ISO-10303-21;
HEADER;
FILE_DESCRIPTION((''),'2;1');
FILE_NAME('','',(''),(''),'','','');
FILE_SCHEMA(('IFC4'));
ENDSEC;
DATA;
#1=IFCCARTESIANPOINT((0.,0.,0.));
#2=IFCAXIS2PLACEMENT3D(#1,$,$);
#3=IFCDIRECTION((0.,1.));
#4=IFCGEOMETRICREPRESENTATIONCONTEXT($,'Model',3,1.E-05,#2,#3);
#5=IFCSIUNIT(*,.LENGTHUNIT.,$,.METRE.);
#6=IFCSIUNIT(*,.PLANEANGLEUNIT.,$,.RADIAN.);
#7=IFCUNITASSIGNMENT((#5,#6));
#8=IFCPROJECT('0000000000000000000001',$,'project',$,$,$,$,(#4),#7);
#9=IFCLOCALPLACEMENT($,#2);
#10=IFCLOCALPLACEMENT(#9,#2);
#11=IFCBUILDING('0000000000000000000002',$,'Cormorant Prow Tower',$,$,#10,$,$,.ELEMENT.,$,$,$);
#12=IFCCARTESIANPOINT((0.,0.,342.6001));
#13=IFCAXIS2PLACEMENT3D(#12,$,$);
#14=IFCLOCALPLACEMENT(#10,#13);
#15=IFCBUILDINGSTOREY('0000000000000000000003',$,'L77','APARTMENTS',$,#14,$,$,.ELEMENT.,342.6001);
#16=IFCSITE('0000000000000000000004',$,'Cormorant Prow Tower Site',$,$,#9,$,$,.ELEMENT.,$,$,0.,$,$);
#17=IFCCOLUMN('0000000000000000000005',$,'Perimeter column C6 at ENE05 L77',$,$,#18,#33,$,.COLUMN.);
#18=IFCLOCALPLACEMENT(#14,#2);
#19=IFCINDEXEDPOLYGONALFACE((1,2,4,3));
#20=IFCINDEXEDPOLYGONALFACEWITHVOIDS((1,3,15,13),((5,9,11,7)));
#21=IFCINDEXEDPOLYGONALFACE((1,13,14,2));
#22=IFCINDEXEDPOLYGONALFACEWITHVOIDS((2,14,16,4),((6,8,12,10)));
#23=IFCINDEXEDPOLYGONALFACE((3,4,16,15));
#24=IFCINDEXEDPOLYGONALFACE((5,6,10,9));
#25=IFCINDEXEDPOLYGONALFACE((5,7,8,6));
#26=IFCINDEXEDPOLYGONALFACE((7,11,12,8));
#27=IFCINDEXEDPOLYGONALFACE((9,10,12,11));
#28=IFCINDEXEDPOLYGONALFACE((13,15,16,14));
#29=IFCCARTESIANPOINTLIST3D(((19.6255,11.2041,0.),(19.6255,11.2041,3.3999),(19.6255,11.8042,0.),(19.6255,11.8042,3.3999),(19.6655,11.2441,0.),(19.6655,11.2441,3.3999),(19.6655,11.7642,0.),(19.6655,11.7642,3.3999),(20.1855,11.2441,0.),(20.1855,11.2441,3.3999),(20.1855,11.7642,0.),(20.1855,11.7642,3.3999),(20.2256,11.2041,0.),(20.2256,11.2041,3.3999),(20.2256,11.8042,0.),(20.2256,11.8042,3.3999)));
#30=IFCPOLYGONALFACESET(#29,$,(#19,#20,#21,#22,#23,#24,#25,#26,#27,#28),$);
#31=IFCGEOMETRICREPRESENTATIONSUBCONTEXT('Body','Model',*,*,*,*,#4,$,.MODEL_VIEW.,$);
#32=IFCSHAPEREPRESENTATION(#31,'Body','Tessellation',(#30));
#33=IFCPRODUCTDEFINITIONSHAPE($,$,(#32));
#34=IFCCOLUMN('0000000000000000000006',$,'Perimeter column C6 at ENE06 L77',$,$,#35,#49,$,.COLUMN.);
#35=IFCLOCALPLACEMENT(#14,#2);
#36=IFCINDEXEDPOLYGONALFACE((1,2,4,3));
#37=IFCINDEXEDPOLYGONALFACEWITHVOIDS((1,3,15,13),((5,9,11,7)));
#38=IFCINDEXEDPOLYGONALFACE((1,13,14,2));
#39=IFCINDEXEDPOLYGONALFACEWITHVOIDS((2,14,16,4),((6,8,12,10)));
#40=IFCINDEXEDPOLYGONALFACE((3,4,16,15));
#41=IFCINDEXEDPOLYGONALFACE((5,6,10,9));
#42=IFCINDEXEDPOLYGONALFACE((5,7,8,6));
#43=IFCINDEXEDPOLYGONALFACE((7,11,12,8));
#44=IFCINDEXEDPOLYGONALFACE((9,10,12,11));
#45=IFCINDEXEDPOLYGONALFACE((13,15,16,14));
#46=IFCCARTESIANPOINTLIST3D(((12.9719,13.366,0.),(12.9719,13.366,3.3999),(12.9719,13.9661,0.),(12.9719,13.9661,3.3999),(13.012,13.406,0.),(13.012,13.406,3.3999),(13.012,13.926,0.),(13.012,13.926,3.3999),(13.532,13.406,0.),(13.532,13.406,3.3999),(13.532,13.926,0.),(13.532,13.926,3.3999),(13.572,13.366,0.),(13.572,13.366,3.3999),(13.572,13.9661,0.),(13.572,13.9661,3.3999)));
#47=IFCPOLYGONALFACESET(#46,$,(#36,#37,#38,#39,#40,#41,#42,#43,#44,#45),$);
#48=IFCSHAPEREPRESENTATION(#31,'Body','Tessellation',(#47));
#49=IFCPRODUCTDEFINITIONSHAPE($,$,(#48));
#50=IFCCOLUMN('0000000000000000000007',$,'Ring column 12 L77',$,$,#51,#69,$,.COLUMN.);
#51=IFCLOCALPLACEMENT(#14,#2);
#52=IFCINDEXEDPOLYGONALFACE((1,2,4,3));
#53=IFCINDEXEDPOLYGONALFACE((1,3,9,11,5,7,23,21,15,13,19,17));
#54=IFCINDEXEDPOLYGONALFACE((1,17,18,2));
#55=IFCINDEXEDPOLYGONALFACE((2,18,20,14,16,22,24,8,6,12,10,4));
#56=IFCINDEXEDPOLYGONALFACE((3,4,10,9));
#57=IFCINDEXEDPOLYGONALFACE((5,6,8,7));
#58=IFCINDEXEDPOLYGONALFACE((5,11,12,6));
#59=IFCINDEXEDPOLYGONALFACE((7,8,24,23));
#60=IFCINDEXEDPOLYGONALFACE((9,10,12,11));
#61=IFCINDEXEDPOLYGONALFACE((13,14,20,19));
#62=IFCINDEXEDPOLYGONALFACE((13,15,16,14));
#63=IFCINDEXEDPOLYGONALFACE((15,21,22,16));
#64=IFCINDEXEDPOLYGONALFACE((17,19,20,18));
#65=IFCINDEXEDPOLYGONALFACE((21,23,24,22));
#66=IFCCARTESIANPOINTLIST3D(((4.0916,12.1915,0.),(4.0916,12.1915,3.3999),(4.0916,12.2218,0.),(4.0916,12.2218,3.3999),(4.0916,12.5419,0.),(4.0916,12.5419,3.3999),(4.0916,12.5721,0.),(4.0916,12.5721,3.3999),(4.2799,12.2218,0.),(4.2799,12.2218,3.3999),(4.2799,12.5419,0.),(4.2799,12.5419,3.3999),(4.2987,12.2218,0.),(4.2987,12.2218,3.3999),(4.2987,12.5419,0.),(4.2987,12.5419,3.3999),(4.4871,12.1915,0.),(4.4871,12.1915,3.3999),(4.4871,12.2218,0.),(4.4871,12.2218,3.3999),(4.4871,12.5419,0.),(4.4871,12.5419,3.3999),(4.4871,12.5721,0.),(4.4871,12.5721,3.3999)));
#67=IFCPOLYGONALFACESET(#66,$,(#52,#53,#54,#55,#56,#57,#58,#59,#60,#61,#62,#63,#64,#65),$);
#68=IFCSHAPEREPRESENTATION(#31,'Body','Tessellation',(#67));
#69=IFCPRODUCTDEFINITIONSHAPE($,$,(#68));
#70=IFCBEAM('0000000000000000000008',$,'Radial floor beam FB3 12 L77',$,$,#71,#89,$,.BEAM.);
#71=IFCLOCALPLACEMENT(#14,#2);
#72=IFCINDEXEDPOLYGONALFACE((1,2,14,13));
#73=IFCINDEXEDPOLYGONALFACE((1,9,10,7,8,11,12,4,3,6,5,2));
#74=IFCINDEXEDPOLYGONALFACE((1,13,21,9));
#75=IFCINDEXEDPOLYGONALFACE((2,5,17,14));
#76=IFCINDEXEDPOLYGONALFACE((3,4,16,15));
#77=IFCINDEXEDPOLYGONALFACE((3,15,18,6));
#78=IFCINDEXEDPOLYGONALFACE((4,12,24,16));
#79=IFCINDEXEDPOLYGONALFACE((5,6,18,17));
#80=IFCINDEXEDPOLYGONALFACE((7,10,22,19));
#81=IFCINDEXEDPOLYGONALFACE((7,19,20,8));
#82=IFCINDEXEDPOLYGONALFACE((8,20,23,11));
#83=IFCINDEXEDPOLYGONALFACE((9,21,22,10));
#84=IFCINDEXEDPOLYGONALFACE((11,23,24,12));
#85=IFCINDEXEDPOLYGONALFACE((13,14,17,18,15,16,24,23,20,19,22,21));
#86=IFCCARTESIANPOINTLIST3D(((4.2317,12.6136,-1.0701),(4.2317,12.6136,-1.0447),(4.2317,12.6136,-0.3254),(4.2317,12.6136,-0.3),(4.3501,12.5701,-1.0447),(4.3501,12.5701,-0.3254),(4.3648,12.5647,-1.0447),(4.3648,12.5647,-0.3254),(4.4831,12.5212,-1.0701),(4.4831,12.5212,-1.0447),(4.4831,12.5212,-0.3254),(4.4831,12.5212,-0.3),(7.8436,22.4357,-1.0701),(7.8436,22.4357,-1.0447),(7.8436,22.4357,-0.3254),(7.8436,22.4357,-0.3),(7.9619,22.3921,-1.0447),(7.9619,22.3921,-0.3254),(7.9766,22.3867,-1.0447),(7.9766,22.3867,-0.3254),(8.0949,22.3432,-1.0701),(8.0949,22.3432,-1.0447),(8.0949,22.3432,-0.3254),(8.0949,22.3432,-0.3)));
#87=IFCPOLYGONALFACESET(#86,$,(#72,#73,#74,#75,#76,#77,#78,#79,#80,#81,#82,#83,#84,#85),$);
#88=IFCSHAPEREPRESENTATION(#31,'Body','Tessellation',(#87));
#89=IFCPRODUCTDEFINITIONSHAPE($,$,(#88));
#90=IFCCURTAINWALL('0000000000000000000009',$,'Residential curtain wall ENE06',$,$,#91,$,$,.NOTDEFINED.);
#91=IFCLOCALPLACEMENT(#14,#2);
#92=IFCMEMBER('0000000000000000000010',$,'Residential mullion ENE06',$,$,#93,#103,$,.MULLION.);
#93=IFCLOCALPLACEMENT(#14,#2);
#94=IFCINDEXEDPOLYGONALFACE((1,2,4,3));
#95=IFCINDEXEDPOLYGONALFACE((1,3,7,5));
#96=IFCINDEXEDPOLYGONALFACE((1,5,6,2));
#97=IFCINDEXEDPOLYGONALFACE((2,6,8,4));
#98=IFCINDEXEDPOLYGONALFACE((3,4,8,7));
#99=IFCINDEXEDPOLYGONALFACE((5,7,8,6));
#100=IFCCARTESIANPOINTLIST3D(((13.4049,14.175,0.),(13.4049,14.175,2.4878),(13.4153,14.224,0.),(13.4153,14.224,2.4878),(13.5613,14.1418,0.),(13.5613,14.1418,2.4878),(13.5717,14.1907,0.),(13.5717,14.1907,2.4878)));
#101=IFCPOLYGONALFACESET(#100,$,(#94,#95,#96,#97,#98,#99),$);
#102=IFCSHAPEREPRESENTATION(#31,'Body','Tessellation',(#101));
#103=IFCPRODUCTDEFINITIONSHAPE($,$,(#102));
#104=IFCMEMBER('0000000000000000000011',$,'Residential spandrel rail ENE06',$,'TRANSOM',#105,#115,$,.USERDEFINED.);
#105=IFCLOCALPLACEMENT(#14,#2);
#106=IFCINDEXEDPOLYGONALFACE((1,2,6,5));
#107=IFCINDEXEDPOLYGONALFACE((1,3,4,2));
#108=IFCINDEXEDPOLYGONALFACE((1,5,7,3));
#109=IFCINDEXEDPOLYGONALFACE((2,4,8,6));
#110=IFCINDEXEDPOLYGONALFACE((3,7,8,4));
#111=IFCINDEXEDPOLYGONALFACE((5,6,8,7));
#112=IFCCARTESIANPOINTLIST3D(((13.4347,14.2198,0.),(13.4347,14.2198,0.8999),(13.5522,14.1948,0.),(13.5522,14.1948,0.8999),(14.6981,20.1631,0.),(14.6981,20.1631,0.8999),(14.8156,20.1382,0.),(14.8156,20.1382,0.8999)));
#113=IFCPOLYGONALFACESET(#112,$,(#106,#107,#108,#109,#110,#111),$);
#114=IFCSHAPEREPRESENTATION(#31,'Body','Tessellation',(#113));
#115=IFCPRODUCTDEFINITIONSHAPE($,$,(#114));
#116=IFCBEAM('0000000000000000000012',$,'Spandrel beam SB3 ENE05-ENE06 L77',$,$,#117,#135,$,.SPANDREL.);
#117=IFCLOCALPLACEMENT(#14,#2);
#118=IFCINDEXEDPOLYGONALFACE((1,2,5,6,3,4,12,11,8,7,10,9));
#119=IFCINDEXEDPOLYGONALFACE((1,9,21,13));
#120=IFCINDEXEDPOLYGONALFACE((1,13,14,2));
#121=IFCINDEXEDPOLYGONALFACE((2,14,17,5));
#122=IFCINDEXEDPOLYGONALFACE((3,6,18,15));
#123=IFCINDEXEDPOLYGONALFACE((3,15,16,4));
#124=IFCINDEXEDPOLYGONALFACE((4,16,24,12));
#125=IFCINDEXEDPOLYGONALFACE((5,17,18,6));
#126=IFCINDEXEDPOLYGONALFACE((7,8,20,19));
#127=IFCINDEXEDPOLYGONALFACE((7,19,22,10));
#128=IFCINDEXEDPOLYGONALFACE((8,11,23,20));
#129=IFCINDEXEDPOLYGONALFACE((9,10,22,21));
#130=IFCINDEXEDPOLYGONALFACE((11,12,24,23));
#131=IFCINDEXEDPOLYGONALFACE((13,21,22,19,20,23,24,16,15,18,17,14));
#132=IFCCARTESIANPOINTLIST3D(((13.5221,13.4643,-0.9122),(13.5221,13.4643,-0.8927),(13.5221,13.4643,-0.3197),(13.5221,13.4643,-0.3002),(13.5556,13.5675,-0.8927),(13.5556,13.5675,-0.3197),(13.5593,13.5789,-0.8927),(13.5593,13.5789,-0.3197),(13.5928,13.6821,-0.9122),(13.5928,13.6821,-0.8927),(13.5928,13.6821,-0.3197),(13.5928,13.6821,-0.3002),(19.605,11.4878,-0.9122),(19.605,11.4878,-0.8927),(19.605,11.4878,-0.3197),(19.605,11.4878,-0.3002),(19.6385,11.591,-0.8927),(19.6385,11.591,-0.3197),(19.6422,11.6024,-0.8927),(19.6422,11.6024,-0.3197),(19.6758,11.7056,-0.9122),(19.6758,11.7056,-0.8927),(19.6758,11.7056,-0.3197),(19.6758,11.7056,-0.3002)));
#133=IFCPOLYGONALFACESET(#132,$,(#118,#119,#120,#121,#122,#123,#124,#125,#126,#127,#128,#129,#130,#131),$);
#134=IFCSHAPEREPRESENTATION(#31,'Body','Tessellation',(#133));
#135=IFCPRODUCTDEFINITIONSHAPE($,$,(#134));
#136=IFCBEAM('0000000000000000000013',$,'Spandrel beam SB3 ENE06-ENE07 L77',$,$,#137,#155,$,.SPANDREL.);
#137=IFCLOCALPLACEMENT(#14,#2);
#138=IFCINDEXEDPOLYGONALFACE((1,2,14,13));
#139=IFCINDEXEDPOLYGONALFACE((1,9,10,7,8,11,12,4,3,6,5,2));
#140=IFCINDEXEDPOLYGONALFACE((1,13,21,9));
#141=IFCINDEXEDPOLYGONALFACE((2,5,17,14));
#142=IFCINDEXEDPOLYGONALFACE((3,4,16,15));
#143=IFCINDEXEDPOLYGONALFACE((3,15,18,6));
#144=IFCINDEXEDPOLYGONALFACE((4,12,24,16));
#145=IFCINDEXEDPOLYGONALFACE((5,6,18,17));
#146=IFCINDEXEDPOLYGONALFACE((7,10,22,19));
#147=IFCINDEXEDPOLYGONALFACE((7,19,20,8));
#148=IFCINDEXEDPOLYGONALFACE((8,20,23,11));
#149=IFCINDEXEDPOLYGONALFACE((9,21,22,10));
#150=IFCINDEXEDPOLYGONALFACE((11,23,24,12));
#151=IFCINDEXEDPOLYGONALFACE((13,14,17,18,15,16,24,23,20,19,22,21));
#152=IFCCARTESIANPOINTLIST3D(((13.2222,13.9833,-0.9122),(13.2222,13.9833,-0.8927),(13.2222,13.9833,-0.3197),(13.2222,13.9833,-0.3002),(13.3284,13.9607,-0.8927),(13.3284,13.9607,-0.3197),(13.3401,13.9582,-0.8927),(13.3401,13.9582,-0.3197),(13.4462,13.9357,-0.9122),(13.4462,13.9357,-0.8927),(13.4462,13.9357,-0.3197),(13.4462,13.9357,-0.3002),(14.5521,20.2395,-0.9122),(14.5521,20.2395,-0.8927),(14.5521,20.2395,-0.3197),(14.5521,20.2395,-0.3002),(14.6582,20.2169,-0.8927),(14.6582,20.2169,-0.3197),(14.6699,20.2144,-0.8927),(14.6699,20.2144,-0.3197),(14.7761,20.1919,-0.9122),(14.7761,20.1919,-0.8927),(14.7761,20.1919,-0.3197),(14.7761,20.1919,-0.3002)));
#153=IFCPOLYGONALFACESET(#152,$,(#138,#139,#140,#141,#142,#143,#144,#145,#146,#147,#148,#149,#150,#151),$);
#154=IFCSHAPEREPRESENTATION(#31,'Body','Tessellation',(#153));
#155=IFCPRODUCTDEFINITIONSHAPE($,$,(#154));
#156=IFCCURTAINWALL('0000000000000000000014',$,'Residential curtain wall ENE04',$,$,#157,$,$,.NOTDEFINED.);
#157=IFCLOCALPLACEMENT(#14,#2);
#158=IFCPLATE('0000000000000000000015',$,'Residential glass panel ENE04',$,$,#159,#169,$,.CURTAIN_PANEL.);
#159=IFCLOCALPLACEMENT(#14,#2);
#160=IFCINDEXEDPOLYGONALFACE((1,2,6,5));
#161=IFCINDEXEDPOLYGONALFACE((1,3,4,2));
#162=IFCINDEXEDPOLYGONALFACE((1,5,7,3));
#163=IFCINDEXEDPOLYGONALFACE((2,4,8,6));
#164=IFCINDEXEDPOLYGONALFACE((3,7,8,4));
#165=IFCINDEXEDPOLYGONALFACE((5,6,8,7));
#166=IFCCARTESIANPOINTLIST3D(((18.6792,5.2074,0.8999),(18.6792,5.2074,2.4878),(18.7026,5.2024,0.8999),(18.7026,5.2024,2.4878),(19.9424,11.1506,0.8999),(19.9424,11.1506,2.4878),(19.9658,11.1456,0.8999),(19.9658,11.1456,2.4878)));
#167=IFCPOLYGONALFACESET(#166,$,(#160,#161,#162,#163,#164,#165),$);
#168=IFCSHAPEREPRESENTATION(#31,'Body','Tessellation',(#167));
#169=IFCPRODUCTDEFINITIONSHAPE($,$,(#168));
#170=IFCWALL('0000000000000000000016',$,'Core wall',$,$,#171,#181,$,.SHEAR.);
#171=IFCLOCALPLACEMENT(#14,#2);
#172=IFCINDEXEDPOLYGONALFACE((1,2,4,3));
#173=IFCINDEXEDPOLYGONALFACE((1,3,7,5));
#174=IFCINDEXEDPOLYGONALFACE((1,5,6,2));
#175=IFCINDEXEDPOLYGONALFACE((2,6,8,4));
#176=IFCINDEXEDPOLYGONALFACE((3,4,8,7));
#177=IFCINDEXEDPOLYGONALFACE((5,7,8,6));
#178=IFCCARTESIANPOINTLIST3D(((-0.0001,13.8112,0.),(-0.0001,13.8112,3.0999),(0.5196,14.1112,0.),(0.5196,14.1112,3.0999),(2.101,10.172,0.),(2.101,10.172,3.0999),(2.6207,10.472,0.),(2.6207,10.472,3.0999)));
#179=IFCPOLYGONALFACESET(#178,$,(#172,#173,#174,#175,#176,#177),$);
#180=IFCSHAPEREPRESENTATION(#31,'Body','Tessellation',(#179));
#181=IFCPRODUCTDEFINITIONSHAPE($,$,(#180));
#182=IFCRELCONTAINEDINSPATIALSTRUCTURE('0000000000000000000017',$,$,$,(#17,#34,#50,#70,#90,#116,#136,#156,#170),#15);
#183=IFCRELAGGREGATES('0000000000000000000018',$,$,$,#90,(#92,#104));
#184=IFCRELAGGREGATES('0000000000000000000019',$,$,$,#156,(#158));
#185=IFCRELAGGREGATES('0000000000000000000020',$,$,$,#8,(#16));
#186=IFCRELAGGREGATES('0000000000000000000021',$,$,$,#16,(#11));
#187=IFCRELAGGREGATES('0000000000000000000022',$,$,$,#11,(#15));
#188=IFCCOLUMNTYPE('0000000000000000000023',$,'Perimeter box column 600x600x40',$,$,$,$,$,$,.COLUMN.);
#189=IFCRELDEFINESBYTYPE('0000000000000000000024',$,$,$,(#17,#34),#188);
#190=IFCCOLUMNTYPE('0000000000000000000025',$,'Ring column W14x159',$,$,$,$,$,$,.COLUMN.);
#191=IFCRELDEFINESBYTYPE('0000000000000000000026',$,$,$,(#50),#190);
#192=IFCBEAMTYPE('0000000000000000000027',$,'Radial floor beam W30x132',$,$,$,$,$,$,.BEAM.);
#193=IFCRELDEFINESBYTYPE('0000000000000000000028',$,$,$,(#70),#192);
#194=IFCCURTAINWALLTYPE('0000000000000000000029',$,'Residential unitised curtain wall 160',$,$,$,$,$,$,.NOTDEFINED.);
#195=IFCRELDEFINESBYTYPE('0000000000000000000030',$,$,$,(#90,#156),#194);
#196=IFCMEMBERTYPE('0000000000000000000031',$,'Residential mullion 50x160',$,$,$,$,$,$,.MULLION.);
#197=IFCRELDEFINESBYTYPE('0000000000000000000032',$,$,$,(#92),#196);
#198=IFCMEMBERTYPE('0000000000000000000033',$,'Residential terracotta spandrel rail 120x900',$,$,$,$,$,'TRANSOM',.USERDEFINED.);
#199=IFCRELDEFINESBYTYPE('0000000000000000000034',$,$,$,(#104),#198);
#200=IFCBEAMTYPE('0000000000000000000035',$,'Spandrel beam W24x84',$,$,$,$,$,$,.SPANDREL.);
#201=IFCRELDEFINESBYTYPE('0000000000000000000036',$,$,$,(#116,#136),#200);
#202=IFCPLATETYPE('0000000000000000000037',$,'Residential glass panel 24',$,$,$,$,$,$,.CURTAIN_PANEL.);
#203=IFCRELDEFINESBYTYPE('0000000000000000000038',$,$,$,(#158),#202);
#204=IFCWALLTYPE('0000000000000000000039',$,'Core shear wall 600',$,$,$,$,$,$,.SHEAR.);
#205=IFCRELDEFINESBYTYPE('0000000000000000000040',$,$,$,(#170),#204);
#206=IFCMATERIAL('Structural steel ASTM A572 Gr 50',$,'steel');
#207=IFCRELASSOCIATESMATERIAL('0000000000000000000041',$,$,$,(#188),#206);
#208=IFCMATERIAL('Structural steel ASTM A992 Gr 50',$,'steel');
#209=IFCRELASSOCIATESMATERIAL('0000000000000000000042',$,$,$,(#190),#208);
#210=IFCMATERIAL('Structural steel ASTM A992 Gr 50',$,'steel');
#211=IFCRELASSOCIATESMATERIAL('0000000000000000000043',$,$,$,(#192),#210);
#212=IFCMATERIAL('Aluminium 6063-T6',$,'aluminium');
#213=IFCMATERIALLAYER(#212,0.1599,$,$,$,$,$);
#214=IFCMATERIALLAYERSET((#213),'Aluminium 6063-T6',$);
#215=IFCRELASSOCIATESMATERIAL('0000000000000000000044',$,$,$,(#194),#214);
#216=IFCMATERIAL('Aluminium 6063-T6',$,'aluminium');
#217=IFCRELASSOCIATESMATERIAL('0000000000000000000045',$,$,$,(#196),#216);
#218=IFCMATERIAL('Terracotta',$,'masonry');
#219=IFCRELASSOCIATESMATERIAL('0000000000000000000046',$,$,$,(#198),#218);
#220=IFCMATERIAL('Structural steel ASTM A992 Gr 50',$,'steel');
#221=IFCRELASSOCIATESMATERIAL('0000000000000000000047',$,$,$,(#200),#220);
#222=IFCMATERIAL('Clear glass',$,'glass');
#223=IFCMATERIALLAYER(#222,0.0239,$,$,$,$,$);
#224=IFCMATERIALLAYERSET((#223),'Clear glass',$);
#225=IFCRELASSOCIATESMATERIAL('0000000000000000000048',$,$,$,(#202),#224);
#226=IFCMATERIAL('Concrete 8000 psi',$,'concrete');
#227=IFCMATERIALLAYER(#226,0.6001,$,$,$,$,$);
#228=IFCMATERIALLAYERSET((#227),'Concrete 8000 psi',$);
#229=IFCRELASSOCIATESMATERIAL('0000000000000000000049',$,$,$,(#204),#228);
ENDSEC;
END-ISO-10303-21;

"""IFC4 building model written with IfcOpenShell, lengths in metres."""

from ifc_helpers import new_model, si_unit, direction, frame, frame_2d, origin, origin_2d, place, context, subcontext, project, spatial, rectangle, hollow_rectangle, i_section, extrude, material, layer, layer_set, material_profile, profile_set, type_object, element, aggregate, save


model = new_model("IFC4")

# Units and contexts
model_context = context("Model", 3, precision=1e-05, world=origin(), true_north=direction((0.0, 1.0)))
body_context = subcontext(model_context, "Body", "Model", "MODEL_VIEW")
ifc_project = project(units=[si_unit("LENGTHUNIT", "METRE"), si_unit("PLANEANGLEUNIT", "RADIAN")], contexts=[model_context])

# Site, building, storey
site_placement = place(None, origin())
site = spatial("IfcSite", under=ifc_project, at=site_placement, Name="Cormorant Prow Tower Site", CompositionType="ELEMENT", RefElevation=0.0)
building_placement = place(site_placement, origin())
building = spatial("IfcBuilding", under=site, at=building_placement, Name="Cormorant Prow Tower", CompositionType="ELEMENT")
storey_placement = place(building_placement, frame((0.0, 0.0, 342.6001)))
storey = spatial("IfcBuildingStorey", under=building, at=storey_placement, Name="L77", Description="APARTMENTS", CompositionType="ELEMENT", Elevation=342.6001)

# Columns
ifc_material_1 = material(Name="Structural steel ASTM A572 Gr 50", Category="steel")
ifc_material_profile_1 = material_profile(ifc_material_1, hollow_rectangle(XDim=0.6001, YDim=0.6001, WallThickness=0.04, at=origin_2d()), Name="Box 600x600x40")
ifc_profile_set_1 = profile_set([ifc_material_profile_1], Name="Structural steel ASTM A572 Gr 50")
column_type_1 = type_object("IfcColumnType", Name="Perimeter box column 600x600x40", PredefinedType="COLUMN", material=ifc_profile_set_1)
for number, where, z_axis, x_axis, name in (
    (1, (19.9255, 11.5042, 0.0), (0.0, 0.0, 1.0), (1.0, 0.0, 0.0), "Perimeter column C6 at ENE05 L77"),
    (2, (13.272, 13.666, 0.0), (0.0, 0.0, 1.0), (1.0, 0.0, 0.0), "Perimeter column C6 at ENE06 L77"),
):
    element("IfcColumn", number, at=place(storey_placement, frame(where, z_axis=z_axis, x_axis=x_axis)), inside=storey, type_object=column_type_1, Name=name, PredefinedType="COLUMN", context=body_context, shape_type="SweptSolid", body=[
        extrude(hollow_rectangle(XDim=0.6001, YDim=0.6001, WallThickness=0.04, at=origin_2d()), origin(), (0.0, 0.0, 1.0), 3.3999),
    ])
ifc_material_2 = material(Name="Structural steel ASTM A992 Gr 50", Category="steel")
ifc_material_profile_2 = material_profile(ifc_material_2, i_section(OverallWidth=0.3955, OverallDepth=0.3806, WebThickness=0.0188, FlangeThickness=0.0303, at=origin_2d()), Name="W14x159")
ifc_profile_set_2 = profile_set([ifc_material_profile_2], Name="Structural steel ASTM A992 Gr 50")
column_type_2 = type_object("IfcColumnType", Name="Ring column W14x159", PredefinedType="COLUMN", material=ifc_profile_set_2)
column_placement = place(storey_placement, frame((4.2893, 12.3818, 0.0), z_axis=(0.0, 0.0, 1.0), x_axis=(1.0, 0.0, 0.0)))
element("IfcColumn", 3, at=column_placement, inside=storey, type_object=column_type_2, Name="Ring column 12 L77", PredefinedType="COLUMN", context=body_context, shape_type="SweptSolid", body=[
    extrude(i_section(OverallWidth=0.3955, OverallDepth=0.3806, WebThickness=0.0188, FlangeThickness=0.0303, at=origin_2d()), origin(), (0.0, 0.0, 1.0), 3.3999),
])

# Beam
ifc_material_3 = material(Name="Structural steel ASTM A992 Gr 50", Category="steel")
ifc_material_profile_3 = material_profile(ifc_material_3, i_section(OverallWidth=0.2678, OverallDepth=0.77, WebThickness=0.0156, FlangeThickness=0.0254, at=origin_2d()), Name="W30x132")
ifc_profile_set_3 = profile_set([ifc_material_profile_3], Name="Structural steel ASTM A992 Gr 50")
beam_type_1 = type_object("IfcBeamType", Name="Radial floor beam W30x132", PredefinedType="BEAM", material=ifc_profile_set_3)
beam_placement = place(storey_placement, frame((4.3574, 12.5674, -0.6851), z_axis=(0.345131, 0.938554, 0.0), x_axis=(-0.938554, 0.345131, 0.0)))
element("IfcBeam", 4, at=beam_placement, inside=storey, type_object=beam_type_1, Name="Radial floor beam FB3 12 L77", PredefinedType="BEAM", context=body_context, shape_type="SweptSolid", body=[
    extrude(i_section(OverallWidth=0.2678, OverallDepth=0.77, WebThickness=0.0156, FlangeThickness=0.0254, at=origin_2d()), origin(), (0.0, 0.0, 1.0), 10.4651),
])

# Curtain wall, members
ifc_material_4 = material(Name="Aluminium 6063-T6", Category="aluminium")
ifc_layer_1 = layer(ifc_material_4, 0.1599)
ifc_layer_set_1 = layer_set([ifc_layer_1], Name="Aluminium 6063-T6")
curtain_wall_type = type_object("IfcCurtainWallType", Name="Residential unitised curtain wall 160", PredefinedType="NOTDEFINED", material=ifc_layer_set_1)
curtain_wall_1_placement = place(storey_placement, origin())
curtain_wall_1 = element("IfcCurtainWall", 5, at=curtain_wall_1_placement, inside=storey, type_object=curtain_wall_type, Name="Residential curtain wall ENE06", PredefinedType="NOTDEFINED")
ifc_material_5 = material(Name="Aluminium 6063-T6", Category="aluminium")
ifc_material_profile_4 = material_profile(ifc_material_5, rectangle(XDim=0.1599, YDim=0.05, at=origin_2d()), Name="Residential mullion 50x160")
ifc_profile_set_4 = profile_set([ifc_material_profile_4], Name="Aluminium 6063-T6")
member_type_1 = type_object("IfcMemberType", Name="Residential mullion 50x160", PredefinedType="MULLION", material=ifc_profile_set_4)
member_1_placement = place(storey_placement, frame((13.4883, 14.1829, 0.0), z_axis=(0.0, 0.0, 1.0), x_axis=(-0.978148, 0.207912, 0.0)))
member_1 = element("IfcMember", 6, at=member_1_placement, type_object=member_type_1, Name="Residential mullion ENE06", PredefinedType="MULLION", context=body_context, shape_type="SweptSolid", body=[
    extrude(rectangle(XDim=0.1599, YDim=0.05, at=origin_2d()), origin(), (0.0, 0.0, 1.0), 2.4878),
])
ifc_material_6 = material(Name="Terracotta", Category="masonry")
ifc_material_profile_5 = material_profile(ifc_material_6, rectangle(XDim=0.1201, YDim=0.8999, at=origin_2d()), Name="Residential terracotta spandrel rail 120x900")
ifc_profile_set_5 = profile_set([ifc_material_profile_5], Name="Terracotta")
member_type_2 = type_object("IfcMemberType", Name="Residential terracotta spandrel rail 120x900", ElementType="TRANSOM", PredefinedType="USERDEFINED", material=ifc_profile_set_5)
member_2_placement = place(storey_placement, frame((13.4934, 14.2073, 0.45), z_axis=(0.207932, 0.978143, 0.0), x_axis=(-0.978143, 0.207932, 0.0)))
member_2 = element("IfcMember", 7, at=member_2_placement, type_object=member_type_2, Name="Residential spandrel rail ENE06", ObjectType="TRANSOM", PredefinedType="USERDEFINED", context=body_context, shape_type="SweptSolid", body=[
    extrude(rectangle(XDim=0.1201, YDim=0.8999, at=origin_2d()), origin(), (0.0, 0.0, 1.0), 6.0762),
])
aggregate(curtain_wall_1, [member_1, member_2])

# Beams
ifc_material_7 = material(Name="Structural steel ASTM A992 Gr 50", Category="steel")
ifc_material_profile_6 = material_profile(ifc_material_7, i_section(OverallWidth=0.229, OverallDepth=0.6121, WebThickness=0.012, FlangeThickness=0.0195, at=origin_2d()), Name="W24x84")
ifc_profile_set_6 = profile_set([ifc_material_profile_6], Name="Structural steel ASTM A992 Gr 50")
beam_type_2 = type_object("IfcBeamType", Name="Spandrel beam W24x84", PredefinedType="SPANDREL", material=ifc_profile_set_6)
for number, where, z_axis, x_axis, name in (
    (8, (19.6404, 11.5967, -0.6062), (-0.951053, 0.309027, 0.0), (-0.309027, -0.951053, 0.0), "Spandrel beam SB3 ENE05-ENE06 L77"),
    (9, (13.3342, 13.9595, -0.6062), (0.20792, 0.978146, 0.0), (-0.978146, 0.20792, 0.0), "Spandrel beam SB3 ENE06-ENE07 L77"),
):
    element("IfcBeam", number, at=place(storey_placement, frame(where, z_axis=z_axis, x_axis=x_axis)), inside=storey, type_object=beam_type_2, Name=name, PredefinedType="SPANDREL", context=body_context, shape_type="SweptSolid", body=[
        extrude(i_section(OverallWidth=0.229, OverallDepth=0.6121, WebThickness=0.012, FlangeThickness=0.0195, at=origin_2d()), origin(), (0.0, 0.0, 1.0), 6.396),
    ])

# Curtain wall, plate
curtain_wall_2_placement = place(storey_placement, origin())
curtain_wall_2 = element("IfcCurtainWall", 10, at=curtain_wall_2_placement, inside=storey, type_object=curtain_wall_type, Name="Residential curtain wall ENE04", PredefinedType="NOTDEFINED")
ifc_material_8 = material(Name="Clear glass", Category="glass")
ifc_layer_2 = layer(ifc_material_8, 0.0239)
ifc_layer_set_2 = layer_set([ifc_layer_2], Name="Clear glass")
plate_type = type_object("IfcPlateType", Name="Residential glass panel 24", PredefinedType="CURTAIN_PANEL", material=ifc_layer_set_2)
plate_placement = place(storey_placement, frame((19.3225, 8.1765, 0.8999), z_axis=(0.0, 0.0, 1.0), x_axis=(0.207912, 0.978148, 0.0)))
plate = element("IfcPlate", 11, at=plate_placement, type_object=plate_type, Name="Residential glass panel ENE04", PredefinedType="CURTAIN_PANEL", context=body_context, shape_type="SweptSolid", body=[
    extrude(rectangle(XDim=6.0759, YDim=0.0239, at=origin_2d()), origin(), (0.0, 0.0, 1.0), 1.5879),
])
aggregate(curtain_wall_2, [plate])

# Wall
ifc_material_9 = material(Name="Concrete 8000 psi", Category="concrete")
ifc_layer_3 = layer(ifc_material_9, 0.6001)
ifc_layer_set_3 = layer_set([ifc_layer_3], Name="Concrete 8000 psi")
wall_type_1 = type_object("IfcWallType", Name="Core shear wall 600", PredefinedType="SHEAR", material=ifc_layer_set_3)
wall_1_placement = place(storey_placement, frame((2.3608, 10.322, 0.0), z_axis=(0.0, 0.0, 1.0), x_axis=(-0.500001, 0.866025, 0.0)))
element("IfcWall", 12, at=wall_1_placement, inside=storey, type_object=wall_type_1, Name="Core wall", PredefinedType="SHEAR", context=body_context, shape_type="SweptSolid", body=[
    extrude(rectangle(XDim=4.2021, YDim=0.6001, at=frame_2d((2.1011, 0.0))), origin(), (0.0, 0.0, 1.0), 3.0999),
])

save(model, "model.ifc")
